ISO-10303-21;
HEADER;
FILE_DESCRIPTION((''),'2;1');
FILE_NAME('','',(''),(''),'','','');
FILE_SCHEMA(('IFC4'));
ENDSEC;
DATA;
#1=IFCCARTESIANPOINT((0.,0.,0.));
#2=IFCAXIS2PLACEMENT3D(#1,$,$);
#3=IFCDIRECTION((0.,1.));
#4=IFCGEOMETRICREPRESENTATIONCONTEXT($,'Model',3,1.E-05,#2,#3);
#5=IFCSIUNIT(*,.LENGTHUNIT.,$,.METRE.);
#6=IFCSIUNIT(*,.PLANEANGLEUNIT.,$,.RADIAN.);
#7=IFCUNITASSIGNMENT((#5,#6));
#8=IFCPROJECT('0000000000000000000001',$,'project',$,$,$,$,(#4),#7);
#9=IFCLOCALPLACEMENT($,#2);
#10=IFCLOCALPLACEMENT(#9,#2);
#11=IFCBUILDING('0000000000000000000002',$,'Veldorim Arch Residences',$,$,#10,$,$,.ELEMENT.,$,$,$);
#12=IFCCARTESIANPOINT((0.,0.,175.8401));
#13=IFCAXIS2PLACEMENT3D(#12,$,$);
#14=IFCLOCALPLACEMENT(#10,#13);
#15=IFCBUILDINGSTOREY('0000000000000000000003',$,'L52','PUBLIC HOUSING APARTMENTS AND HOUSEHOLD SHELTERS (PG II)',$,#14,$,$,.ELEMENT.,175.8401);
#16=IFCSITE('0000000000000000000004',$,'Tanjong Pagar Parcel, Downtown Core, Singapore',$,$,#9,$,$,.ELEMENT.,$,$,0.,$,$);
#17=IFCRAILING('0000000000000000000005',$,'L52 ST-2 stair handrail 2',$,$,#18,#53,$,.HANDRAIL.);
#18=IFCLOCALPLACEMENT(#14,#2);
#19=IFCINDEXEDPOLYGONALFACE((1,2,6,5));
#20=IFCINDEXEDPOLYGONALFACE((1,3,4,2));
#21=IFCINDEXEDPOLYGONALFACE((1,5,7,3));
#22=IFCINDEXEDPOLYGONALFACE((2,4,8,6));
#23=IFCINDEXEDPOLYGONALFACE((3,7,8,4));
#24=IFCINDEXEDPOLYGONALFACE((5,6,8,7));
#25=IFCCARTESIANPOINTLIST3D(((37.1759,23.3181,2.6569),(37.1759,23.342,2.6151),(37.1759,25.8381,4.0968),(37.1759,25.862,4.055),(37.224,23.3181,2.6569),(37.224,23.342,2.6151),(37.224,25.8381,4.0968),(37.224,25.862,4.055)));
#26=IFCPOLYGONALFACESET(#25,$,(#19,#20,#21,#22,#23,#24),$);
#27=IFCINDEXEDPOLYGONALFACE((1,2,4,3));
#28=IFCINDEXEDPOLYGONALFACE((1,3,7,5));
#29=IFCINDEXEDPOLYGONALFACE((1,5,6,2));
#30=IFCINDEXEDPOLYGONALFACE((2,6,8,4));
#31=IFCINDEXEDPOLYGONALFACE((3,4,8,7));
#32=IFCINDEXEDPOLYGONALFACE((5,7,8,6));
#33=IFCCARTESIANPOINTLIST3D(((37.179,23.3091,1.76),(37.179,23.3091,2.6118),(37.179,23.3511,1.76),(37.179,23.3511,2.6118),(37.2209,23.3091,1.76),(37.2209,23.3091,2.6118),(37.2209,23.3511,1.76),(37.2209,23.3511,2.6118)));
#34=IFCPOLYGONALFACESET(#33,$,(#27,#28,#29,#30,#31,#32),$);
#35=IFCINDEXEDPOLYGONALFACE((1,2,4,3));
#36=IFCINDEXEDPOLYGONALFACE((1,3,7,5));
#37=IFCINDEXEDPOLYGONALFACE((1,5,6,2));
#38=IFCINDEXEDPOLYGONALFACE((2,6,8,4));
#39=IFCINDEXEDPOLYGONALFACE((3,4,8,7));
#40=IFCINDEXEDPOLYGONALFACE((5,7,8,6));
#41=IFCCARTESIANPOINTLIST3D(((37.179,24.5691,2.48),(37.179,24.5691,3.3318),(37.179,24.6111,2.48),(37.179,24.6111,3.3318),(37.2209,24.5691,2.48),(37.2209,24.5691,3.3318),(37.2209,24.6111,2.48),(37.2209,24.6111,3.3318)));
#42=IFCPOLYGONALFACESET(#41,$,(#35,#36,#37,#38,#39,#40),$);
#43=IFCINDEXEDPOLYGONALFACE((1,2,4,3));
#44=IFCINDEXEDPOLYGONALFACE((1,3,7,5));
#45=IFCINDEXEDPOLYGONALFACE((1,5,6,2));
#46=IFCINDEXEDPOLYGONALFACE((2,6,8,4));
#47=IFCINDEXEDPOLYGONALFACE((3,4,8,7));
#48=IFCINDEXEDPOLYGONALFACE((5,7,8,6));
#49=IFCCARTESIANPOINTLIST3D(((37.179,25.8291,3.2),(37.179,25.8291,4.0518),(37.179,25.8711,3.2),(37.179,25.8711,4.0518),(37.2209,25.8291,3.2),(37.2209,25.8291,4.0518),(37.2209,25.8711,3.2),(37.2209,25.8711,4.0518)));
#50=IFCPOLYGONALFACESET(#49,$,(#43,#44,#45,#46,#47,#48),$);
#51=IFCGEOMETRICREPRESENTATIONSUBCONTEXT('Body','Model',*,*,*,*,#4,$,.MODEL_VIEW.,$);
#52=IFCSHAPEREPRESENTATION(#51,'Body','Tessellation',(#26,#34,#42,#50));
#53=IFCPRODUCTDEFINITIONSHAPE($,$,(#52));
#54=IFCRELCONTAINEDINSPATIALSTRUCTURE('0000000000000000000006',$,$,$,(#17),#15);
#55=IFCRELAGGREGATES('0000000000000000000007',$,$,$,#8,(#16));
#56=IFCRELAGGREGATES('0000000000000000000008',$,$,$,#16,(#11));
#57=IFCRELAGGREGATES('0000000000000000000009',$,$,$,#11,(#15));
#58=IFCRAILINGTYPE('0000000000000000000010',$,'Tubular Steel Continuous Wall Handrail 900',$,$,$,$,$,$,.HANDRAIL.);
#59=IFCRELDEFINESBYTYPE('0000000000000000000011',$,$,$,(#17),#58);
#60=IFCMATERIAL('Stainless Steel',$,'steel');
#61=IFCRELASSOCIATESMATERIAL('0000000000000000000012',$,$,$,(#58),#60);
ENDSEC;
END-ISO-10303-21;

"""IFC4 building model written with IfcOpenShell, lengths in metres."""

from ifc_helpers import new_model, si_unit, direction, frame, origin, origin_2d, place, context, subcontext, project, spatial, rectangle, extrude, material, type_object, element, save


model = new_model("IFC4")

# Units and contexts
model_context = context("Model", 3, precision=1e-05, world=origin(), true_north=direction((0.0, 1.0)))
body_context = subcontext(model_context, "Body", "Model", "MODEL_VIEW")
ifc_project = project(units=[si_unit("LENGTHUNIT", "METRE"), si_unit("PLANEANGLEUNIT", "RADIAN")], contexts=[model_context])

# Site, building, storey
site_placement = place(None, origin())
site = spatial("IfcSite", under=ifc_project, at=site_placement, Name="Tanjong Pagar Parcel, Downtown Core, Singapore", CompositionType="ELEMENT", RefElevation=0.0)
building_placement = place(site_placement, origin())
building = spatial("IfcBuilding", under=site, at=building_placement, Name="Veldorim Arch Residences", CompositionType="ELEMENT")
storey_placement = place(building_placement, frame((0.0, 0.0, 175.8401)))
storey = spatial("IfcBuildingStorey", under=building, at=storey_placement, Name="L52", Description="PUBLIC HOUSING APARTMENTS AND HOUSEHOLD SHELTERS (PG II)", CompositionType="ELEMENT", Elevation=175.8401)

# Railing
ifc_material_1 = material(Name="Stainless Steel", Category="steel")
railing_type_1 = type_object("IfcRailingType", Name="Tubular Steel Continuous Wall Handrail 900", PredefinedType="HANDRAIL", material=ifc_material_1)
railing_1_placement = place(storey_placement, frame((37.2, 23.3301, 1.76)))
element("IfcRailing", 1, at=railing_1_placement, inside=storey, type_object=railing_type_1, Name="L52 ST-2 stair handrail 2", PredefinedType="HANDRAIL", context=body_context, shape_type="SweptSolid", body=[
    extrude(rectangle(XDim=0.0481, YDim=0.0481, at=origin_2d()), frame((0.0, 0.0, 0.876), z_axis=(0.0, 0.868253, 0.496121), x_axis=(-1.0, 0.0, 0.0)), (0.0, 0.0, 1.0), 2.9023),
    extrude(rectangle(XDim=0.042, YDim=0.042, at=origin_2d()), origin(), (0.0, 0.0, 1.0), 0.8518),
    extrude(rectangle(XDim=0.042, YDim=0.042, at=origin_2d()), frame((0.0, 1.26, 0.72)), (0.0, 0.0, 1.0), 0.8518),
    extrude(rectangle(XDim=0.042, YDim=0.042, at=origin_2d()), frame((0.0, 2.52, 1.4399)), (0.0, 0.0, 1.0), 0.8518),
])

save(model, "model.ifc")
